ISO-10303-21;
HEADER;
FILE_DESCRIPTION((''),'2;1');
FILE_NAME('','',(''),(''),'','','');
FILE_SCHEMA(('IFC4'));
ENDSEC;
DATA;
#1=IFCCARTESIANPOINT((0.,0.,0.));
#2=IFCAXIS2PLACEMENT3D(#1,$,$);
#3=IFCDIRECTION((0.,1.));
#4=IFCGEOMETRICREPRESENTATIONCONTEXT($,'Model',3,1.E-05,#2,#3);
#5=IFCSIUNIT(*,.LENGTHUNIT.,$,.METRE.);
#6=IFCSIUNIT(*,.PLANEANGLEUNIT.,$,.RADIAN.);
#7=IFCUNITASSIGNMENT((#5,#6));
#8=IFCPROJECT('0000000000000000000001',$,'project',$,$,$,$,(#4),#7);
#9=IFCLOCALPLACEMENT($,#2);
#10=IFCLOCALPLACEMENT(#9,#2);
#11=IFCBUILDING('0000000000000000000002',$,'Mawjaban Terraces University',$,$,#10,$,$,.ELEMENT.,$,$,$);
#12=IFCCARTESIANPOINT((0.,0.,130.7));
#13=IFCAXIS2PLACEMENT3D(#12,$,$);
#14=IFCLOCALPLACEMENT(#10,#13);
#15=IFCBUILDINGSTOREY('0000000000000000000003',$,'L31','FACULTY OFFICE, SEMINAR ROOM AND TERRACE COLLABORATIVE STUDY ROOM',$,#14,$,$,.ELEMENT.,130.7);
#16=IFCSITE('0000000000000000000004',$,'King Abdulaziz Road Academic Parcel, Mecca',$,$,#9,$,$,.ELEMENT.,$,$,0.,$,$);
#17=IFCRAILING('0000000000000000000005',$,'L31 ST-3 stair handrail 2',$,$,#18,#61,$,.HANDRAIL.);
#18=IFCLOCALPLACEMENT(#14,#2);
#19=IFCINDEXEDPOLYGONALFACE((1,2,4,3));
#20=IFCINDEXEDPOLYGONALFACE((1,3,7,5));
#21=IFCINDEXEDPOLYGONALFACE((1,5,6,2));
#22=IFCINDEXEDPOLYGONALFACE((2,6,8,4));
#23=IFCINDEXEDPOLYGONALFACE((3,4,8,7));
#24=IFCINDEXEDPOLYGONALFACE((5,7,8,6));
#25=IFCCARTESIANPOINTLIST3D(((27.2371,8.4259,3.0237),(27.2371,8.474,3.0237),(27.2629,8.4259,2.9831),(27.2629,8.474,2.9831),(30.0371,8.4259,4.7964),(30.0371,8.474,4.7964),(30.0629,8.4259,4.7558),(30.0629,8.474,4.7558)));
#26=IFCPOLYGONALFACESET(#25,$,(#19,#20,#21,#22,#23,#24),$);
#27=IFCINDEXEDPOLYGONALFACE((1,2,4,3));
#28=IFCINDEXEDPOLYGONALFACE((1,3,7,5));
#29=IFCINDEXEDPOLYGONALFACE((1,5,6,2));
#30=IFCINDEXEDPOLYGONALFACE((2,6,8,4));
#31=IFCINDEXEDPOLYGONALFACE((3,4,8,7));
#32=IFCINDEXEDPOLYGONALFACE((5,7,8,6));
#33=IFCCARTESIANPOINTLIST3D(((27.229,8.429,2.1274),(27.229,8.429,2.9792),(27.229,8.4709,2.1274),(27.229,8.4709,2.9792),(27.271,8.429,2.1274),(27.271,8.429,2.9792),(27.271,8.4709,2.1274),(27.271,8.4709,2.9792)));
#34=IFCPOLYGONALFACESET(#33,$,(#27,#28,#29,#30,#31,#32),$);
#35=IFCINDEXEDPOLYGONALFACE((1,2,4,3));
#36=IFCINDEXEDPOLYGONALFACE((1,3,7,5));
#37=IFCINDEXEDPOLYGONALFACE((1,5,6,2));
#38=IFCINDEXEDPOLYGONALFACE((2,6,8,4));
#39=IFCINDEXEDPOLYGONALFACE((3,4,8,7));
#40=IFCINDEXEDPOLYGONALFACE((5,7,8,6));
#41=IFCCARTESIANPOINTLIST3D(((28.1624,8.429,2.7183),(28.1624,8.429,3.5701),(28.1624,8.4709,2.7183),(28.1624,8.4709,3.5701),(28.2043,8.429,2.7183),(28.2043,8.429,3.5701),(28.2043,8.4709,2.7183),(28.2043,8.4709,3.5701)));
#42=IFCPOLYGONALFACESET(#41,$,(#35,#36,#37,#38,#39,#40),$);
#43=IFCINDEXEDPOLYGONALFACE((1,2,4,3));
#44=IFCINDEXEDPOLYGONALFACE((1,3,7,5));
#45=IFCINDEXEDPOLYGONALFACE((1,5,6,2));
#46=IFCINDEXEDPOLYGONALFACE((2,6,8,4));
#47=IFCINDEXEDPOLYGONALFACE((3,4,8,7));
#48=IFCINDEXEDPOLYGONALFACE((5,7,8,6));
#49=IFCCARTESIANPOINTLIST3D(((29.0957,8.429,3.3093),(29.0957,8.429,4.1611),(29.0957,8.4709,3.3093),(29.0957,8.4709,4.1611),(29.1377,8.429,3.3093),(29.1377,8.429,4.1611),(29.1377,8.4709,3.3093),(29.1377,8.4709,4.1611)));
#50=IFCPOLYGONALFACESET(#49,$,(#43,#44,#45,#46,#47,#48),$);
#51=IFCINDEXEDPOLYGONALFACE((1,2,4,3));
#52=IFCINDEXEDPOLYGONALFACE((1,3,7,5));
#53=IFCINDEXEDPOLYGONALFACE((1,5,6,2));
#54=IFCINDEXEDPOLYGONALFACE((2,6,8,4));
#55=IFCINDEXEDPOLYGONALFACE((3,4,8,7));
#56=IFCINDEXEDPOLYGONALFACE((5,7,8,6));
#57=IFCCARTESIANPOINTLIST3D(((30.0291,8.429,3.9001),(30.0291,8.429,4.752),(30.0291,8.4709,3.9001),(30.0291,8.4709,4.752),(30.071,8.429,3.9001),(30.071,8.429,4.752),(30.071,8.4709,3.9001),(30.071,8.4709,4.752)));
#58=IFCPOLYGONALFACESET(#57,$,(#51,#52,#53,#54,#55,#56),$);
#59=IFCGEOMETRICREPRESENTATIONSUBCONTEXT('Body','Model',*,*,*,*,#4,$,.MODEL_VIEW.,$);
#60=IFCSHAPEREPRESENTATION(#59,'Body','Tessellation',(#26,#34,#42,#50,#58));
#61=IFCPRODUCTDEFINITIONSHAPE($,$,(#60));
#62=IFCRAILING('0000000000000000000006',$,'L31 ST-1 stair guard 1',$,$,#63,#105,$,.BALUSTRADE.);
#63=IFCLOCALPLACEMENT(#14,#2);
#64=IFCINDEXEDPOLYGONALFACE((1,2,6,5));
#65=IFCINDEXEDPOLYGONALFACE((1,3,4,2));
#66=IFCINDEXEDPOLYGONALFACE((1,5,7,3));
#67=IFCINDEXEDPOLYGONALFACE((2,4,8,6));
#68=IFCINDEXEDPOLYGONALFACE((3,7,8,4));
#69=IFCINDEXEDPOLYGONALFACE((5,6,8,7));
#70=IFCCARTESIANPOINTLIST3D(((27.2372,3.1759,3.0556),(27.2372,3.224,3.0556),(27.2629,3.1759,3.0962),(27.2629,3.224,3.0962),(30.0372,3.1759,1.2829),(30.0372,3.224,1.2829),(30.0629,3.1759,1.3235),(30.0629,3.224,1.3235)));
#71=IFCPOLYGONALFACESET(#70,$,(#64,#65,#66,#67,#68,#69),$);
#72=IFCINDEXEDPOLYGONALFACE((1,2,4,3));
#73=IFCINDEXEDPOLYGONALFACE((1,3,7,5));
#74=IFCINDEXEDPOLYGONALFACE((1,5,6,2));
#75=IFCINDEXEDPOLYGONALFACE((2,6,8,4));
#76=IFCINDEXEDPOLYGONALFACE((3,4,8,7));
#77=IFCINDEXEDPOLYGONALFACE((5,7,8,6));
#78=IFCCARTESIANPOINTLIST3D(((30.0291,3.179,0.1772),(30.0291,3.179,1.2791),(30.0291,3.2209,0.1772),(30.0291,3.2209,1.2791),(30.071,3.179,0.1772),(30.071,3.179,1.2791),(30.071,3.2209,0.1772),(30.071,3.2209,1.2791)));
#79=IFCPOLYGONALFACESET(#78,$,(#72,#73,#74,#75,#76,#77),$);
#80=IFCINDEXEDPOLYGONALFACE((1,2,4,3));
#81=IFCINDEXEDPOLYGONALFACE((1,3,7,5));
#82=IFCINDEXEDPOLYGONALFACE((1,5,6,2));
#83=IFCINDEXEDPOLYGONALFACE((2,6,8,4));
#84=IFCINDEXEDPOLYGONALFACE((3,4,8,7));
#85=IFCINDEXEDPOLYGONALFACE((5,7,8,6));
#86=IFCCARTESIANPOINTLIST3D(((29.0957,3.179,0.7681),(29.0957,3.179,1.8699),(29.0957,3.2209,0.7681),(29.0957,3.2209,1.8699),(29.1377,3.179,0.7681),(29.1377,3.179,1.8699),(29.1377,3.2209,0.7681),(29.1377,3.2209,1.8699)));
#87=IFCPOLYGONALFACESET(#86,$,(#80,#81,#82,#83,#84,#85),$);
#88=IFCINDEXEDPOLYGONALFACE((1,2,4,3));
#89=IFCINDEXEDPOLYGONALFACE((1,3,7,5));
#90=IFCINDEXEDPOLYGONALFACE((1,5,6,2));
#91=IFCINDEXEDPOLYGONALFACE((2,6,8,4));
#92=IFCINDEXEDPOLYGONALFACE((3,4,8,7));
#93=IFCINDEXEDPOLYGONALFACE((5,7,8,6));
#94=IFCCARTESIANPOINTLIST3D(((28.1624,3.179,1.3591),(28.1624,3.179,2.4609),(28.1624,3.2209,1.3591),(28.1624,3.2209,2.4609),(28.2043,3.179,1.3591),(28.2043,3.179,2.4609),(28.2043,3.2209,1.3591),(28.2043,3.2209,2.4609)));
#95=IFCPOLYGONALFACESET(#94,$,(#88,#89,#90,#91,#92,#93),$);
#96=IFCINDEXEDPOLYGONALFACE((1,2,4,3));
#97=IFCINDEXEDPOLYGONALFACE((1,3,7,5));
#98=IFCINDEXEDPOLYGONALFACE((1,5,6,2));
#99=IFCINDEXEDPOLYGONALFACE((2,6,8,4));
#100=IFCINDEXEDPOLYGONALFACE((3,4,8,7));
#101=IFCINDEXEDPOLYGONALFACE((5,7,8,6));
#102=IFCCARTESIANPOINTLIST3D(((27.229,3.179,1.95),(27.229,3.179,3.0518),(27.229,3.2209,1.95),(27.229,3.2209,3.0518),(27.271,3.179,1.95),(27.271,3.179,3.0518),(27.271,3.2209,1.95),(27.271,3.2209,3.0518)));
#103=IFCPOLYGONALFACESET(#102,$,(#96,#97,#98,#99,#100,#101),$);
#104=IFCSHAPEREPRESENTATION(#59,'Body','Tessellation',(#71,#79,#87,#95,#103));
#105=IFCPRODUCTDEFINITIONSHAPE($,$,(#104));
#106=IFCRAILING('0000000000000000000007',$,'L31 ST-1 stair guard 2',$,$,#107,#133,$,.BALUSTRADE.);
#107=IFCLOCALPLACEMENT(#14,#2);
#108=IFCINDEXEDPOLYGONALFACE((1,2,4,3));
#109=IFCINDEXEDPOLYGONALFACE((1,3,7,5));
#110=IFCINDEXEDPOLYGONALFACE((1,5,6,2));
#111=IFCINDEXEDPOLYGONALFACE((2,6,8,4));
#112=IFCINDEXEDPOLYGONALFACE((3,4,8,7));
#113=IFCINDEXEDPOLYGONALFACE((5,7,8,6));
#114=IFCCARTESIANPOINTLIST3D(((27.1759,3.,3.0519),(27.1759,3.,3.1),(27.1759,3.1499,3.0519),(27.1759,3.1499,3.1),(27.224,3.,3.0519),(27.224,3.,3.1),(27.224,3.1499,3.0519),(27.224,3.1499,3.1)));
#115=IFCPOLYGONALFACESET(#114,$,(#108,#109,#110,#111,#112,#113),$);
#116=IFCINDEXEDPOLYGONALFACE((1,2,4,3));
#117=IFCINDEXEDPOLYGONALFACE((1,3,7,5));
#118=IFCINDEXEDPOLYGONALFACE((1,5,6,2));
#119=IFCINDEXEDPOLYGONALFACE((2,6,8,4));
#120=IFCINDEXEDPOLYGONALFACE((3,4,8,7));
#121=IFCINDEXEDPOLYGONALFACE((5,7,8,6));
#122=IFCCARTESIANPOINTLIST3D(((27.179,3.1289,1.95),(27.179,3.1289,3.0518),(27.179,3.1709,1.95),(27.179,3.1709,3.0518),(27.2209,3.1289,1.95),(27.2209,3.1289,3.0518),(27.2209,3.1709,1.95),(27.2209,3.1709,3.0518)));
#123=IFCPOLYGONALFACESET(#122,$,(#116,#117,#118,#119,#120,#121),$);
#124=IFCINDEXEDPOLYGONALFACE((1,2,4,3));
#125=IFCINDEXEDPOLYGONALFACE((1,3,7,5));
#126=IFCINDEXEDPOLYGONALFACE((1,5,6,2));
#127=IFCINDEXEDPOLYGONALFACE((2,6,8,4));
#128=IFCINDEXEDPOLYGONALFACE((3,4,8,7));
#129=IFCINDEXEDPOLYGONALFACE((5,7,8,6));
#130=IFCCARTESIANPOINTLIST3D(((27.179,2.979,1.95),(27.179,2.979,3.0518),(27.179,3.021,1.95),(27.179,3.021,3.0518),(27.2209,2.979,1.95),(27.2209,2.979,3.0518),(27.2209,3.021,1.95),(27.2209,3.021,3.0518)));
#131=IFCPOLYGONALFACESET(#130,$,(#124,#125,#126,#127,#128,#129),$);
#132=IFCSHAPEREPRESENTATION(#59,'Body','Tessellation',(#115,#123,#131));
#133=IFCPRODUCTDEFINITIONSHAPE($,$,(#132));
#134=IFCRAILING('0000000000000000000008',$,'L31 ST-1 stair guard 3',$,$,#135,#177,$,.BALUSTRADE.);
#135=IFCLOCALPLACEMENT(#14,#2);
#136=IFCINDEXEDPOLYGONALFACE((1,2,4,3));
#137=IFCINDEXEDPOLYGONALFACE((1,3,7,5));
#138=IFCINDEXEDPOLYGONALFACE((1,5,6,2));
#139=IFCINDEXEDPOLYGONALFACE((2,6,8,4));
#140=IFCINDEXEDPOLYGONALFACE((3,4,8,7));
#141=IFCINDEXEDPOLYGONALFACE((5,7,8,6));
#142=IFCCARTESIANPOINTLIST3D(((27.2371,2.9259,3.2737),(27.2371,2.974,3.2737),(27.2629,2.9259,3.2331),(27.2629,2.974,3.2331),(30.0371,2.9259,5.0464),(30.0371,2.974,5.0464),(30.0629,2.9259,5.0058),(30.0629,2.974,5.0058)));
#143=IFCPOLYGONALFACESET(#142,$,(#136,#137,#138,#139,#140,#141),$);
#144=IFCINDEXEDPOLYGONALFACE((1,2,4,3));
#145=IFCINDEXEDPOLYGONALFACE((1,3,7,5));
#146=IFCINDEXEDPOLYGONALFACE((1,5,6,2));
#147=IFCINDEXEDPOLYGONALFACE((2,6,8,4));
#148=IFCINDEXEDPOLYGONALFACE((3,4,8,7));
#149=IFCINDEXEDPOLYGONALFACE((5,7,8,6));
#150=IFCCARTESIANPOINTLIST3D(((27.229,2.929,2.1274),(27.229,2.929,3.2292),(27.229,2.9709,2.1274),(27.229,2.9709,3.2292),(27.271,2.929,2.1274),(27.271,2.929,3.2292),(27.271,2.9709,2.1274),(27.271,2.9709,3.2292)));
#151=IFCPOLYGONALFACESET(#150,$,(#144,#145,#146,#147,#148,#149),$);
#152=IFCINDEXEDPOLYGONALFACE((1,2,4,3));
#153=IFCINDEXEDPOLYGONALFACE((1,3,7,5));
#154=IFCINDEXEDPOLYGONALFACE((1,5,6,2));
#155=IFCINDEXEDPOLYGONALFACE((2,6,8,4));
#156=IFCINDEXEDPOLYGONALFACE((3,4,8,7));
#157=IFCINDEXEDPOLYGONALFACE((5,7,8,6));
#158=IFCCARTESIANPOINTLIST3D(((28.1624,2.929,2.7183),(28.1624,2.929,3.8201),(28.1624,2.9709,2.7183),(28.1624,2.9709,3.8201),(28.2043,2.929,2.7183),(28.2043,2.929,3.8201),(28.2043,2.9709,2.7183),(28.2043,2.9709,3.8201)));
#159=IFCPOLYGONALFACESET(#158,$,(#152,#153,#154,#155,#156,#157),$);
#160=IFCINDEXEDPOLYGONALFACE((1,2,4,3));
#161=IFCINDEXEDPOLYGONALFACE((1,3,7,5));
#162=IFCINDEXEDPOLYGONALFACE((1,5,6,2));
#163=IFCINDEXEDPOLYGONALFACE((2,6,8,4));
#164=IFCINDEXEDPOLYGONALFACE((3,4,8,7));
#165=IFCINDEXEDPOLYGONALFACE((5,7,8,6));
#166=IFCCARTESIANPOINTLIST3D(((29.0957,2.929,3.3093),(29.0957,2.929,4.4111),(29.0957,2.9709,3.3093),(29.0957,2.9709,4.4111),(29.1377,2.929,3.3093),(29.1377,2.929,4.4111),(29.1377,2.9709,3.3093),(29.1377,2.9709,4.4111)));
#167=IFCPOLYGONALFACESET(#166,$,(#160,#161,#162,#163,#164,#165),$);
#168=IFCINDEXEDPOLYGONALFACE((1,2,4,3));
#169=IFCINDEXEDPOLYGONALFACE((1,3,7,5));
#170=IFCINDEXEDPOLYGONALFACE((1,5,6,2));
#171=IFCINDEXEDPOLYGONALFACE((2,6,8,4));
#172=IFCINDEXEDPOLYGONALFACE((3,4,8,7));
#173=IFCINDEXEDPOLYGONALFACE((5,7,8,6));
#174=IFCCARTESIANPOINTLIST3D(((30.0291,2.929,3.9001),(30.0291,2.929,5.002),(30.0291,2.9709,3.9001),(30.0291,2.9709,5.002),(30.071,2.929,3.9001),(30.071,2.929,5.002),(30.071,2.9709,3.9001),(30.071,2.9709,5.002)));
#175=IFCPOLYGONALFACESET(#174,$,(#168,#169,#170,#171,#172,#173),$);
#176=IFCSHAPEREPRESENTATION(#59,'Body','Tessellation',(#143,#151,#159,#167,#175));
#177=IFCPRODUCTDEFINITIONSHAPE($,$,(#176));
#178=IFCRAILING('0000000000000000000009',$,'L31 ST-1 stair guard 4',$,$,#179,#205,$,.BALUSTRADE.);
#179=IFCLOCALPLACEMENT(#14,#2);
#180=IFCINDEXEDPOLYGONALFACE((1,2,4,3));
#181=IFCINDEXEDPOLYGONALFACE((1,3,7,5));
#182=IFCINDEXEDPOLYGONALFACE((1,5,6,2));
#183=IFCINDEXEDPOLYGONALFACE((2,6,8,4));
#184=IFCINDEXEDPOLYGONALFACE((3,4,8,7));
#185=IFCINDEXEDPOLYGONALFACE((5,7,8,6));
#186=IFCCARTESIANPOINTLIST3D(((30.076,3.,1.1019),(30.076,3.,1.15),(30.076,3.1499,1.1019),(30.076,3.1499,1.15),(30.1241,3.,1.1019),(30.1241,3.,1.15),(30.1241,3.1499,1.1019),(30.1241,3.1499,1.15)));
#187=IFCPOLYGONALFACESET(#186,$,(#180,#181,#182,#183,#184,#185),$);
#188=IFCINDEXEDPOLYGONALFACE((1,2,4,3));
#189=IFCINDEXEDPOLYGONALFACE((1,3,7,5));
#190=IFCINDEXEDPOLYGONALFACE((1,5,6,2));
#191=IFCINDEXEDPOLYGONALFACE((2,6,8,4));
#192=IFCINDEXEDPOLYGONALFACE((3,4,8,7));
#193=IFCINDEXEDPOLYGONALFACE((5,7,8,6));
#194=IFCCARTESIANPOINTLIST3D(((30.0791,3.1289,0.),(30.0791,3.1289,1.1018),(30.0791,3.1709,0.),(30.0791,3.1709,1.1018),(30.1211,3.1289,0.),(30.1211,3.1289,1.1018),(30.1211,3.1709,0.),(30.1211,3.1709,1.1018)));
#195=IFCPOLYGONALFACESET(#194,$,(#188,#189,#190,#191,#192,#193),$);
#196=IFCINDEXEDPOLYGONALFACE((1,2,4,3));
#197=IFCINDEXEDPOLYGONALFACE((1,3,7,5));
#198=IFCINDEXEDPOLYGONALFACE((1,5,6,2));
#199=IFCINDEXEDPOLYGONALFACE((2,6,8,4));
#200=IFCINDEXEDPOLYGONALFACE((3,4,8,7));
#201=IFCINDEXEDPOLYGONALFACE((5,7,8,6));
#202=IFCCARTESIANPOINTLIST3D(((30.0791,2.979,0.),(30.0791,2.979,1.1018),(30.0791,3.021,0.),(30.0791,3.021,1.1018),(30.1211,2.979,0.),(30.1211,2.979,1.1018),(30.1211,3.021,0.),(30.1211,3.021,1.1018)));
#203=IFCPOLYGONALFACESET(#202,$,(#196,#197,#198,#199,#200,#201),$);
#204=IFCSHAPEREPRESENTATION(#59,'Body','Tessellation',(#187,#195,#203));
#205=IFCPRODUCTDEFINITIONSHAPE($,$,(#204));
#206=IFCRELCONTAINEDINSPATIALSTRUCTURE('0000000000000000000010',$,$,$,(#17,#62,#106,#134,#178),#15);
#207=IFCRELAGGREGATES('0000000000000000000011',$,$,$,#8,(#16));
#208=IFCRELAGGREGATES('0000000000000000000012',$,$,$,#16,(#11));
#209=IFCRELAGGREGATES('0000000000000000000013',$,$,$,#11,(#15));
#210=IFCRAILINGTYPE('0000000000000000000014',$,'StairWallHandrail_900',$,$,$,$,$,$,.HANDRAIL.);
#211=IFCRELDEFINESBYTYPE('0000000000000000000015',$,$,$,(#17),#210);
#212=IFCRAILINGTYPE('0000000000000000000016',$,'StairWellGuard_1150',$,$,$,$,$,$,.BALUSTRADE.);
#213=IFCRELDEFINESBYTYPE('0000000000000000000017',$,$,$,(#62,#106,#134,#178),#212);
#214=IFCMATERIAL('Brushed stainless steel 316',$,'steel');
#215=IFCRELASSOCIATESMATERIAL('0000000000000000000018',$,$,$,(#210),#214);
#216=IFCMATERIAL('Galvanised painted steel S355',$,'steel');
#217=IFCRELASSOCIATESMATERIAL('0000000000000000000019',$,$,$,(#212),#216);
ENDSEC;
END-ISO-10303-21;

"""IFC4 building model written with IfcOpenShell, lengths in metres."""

from ifc_helpers import new_model, si_unit, direction, frame, origin, origin_2d, place, context, subcontext, project, spatial, rectangle, extrude, material, type_object, element, save


model = new_model("IFC4")

# Units and contexts
model_context = context("Model", 3, precision=1e-05, world=origin(), true_north=direction((0.0, 1.0)))
body_context = subcontext(model_context, "Body", "Model", "MODEL_VIEW")
ifc_project = project(units=[si_unit("LENGTHUNIT", "METRE"), si_unit("PLANEANGLEUNIT", "RADIAN")], contexts=[model_context])

# Site, building, storey
site_placement = place(None, origin())
site = spatial("IfcSite", under=ifc_project, at=site_placement, Name="King Abdulaziz Road Academic Parcel, Mecca", CompositionType="ELEMENT", RefElevation=0.0)
building_placement = place(site_placement, origin())
building = spatial("IfcBuilding", under=site, at=building_placement, Name="Mawjaban Terraces University", CompositionType="ELEMENT")
storey_placement = place(building_placement, frame((0.0, 0.0, 130.7)))
storey = spatial("IfcBuildingStorey", under=building, at=storey_placement, Name="L31", Description="FACULTY OFFICE, SEMINAR ROOM AND TERRACE COLLABORATIVE STUDY ROOM", CompositionType="ELEMENT", Elevation=130.7)

# Railings
ifc_material_1 = material(Name="Brushed stainless steel 316", Category="steel")
railing_type_1 = type_object("IfcRailingType", Name="StairWallHandrail_900", PredefinedType="HANDRAIL", material=ifc_material_1)
railing_1_placement = place(storey_placement, frame((27.25, 8.45, 2.1274)))
element("IfcRailing", 1, at=railing_1_placement, inside=storey, type_object=railing_type_1, Name="L31 ST-3 stair handrail 2", PredefinedType="HANDRAIL", context=body_context, shape_type="SweptSolid", body=[
    extrude(rectangle(XDim=0.0481, YDim=0.0481, at=origin_2d()), frame((0.0, 0.0, 0.876), z_axis=(0.844909, 0.0, 0.53491), x_axis=(0.0, 1.0, 0.0)), (0.0, 0.0, 1.0), 3.314),
    extrude(rectangle(XDim=0.042, YDim=0.042, at=origin_2d()), origin(), (0.0, 0.0, 1.0), 0.8518),
    extrude(rectangle(XDim=0.042, YDim=0.042, at=origin_2d()), frame((0.9333, 0.0, 0.5908)), (0.0, 0.0, 1.0), 0.8518),
    extrude(rectangle(XDim=0.042, YDim=0.042, at=origin_2d()), frame((1.8667, 0.0, 1.1819)), (0.0, 0.0, 1.0), 0.8518),
    extrude(rectangle(XDim=0.042, YDim=0.042, at=origin_2d()), frame((2.8, 0.0, 1.7727)), (0.0, 0.0, 1.0), 0.8518),
])
ifc_material_2 = material(Name="Galvanised painted steel S355", Category="steel")
railing_type_2 = type_object("IfcRailingType", Name="StairWellGuard_1150", PredefinedType="BALUSTRADE", material=ifc_material_2)
railing_2_placement = place(storey_placement, frame((30.05, 3.2, 0.1772)))
element("IfcRailing", 2, at=railing_2_placement, inside=storey, type_object=railing_type_2, Name="L31 ST-1 stair guard 1", PredefinedType="BALUSTRADE", context=body_context, shape_type="SweptSolid", body=[
    extrude(rectangle(XDim=0.0481, YDim=0.0481, at=origin_2d()), frame((0.0, 0.0, 1.126), z_axis=(-0.844909, 0.0, 0.53491), x_axis=(0.0, -1.0, 0.0)), (0.0, 0.0, 1.0), 3.314),
    extrude(rectangle(XDim=0.042, YDim=0.042, at=origin_2d()), origin(), (0.0, 0.0, 1.0), 1.1018),
    extrude(rectangle(XDim=0.042, YDim=0.042, at=origin_2d()), frame((-0.9333, 0.0, 0.5908)), (0.0, 0.0, 1.0), 1.1018),
    extrude(rectangle(XDim=0.042, YDim=0.042, at=origin_2d()), frame((-1.8667, 0.0, 1.1819)), (0.0, 0.0, 1.0), 1.1018),
    extrude(rectangle(XDim=0.042, YDim=0.042, at=origin_2d()), frame((-2.8, 0.0, 1.7727)), (0.0, 0.0, 1.0), 1.1018),
])
railing_3_placement = place(storey_placement, frame((27.2, 3.1499, 1.95)))
element("IfcRailing", 3, at=railing_3_placement, inside=storey, type_object=railing_type_2, Name="L31 ST-1 stair guard 2", PredefinedType="BALUSTRADE", context=body_context, shape_type="SweptSolid", body=[
    extrude(rectangle(XDim=0.0481, YDim=0.0481, at=origin_2d()), frame((0.0, 0.0, 1.126), z_axis=(0.0, -1.0, 0.0), x_axis=(1.0, 0.0, 0.0)), (0.0, 0.0, 1.0), 0.1499),
    extrude(rectangle(XDim=0.042, YDim=0.042, at=origin_2d()), origin(), (0.0, 0.0, 1.0), 1.1018),
    extrude(rectangle(XDim=0.042, YDim=0.042, at=origin_2d()), frame((0.0, -0.1499, 0.0)), (0.0, 0.0, 1.0), 1.1018),
])
railing_4_placement = place(storey_placement, frame((27.25, 2.95, 2.1274)))
element("IfcRailing", 4, at=railing_4_placement, inside=storey, type_object=railing_type_2, Name="L31 ST-1 stair guard 3", PredefinedType="BALUSTRADE", context=body_context, shape_type="SweptSolid", body=[
    extrude(rectangle(XDim=0.0481, YDim=0.0481, at=origin_2d()), frame((0.0, 0.0, 1.126), z_axis=(0.844909, 0.0, 0.53491), x_axis=(0.0, 1.0, 0.0)), (0.0, 0.0, 1.0), 3.314),
    extrude(rectangle(XDim=0.042, YDim=0.042, at=origin_2d()), origin(), (0.0, 0.0, 1.0), 1.1018),
    extrude(rectangle(XDim=0.042, YDim=0.042, at=origin_2d()), frame((0.9333, 0.0, 0.5908)), (0.0, 0.0, 1.0), 1.1018),
    extrude(rectangle(XDim=0.042, YDim=0.042, at=origin_2d()), frame((1.8667, 0.0, 1.1819)), (0.0, 0.0, 1.0), 1.1018),
    extrude(rectangle(XDim=0.042, YDim=0.042, at=origin_2d()), frame((2.8, 0.0, 1.7727)), (0.0, 0.0, 1.0), 1.1018),
])
railing_5_placement = place(storey_placement, frame((30.1001, 3.1499, 0.0)))
element("IfcRailing", 5, at=railing_5_placement, inside=storey, type_object=railing_type_2, Name="L31 ST-1 stair guard 4", PredefinedType="BALUSTRADE", context=body_context, shape_type="SweptSolid", body=[
    extrude(rectangle(XDim=0.0481, YDim=0.0481, at=origin_2d()), frame((0.0, 0.0, 1.126), z_axis=(0.0, -1.0, 0.0), x_axis=(1.0, 0.0, 0.0)), (0.0, 0.0, 1.0), 0.1499),
    extrude(rectangle(XDim=0.042, YDim=0.042, at=origin_2d()), origin(), (0.0, 0.0, 1.0), 1.1018),
    extrude(rectangle(XDim=0.042, YDim=0.042, at=origin_2d()), frame((0.0, -0.1499, 0.0)), (0.0, 0.0, 1.0), 1.1018),
])

save(model, "model.ifc")
